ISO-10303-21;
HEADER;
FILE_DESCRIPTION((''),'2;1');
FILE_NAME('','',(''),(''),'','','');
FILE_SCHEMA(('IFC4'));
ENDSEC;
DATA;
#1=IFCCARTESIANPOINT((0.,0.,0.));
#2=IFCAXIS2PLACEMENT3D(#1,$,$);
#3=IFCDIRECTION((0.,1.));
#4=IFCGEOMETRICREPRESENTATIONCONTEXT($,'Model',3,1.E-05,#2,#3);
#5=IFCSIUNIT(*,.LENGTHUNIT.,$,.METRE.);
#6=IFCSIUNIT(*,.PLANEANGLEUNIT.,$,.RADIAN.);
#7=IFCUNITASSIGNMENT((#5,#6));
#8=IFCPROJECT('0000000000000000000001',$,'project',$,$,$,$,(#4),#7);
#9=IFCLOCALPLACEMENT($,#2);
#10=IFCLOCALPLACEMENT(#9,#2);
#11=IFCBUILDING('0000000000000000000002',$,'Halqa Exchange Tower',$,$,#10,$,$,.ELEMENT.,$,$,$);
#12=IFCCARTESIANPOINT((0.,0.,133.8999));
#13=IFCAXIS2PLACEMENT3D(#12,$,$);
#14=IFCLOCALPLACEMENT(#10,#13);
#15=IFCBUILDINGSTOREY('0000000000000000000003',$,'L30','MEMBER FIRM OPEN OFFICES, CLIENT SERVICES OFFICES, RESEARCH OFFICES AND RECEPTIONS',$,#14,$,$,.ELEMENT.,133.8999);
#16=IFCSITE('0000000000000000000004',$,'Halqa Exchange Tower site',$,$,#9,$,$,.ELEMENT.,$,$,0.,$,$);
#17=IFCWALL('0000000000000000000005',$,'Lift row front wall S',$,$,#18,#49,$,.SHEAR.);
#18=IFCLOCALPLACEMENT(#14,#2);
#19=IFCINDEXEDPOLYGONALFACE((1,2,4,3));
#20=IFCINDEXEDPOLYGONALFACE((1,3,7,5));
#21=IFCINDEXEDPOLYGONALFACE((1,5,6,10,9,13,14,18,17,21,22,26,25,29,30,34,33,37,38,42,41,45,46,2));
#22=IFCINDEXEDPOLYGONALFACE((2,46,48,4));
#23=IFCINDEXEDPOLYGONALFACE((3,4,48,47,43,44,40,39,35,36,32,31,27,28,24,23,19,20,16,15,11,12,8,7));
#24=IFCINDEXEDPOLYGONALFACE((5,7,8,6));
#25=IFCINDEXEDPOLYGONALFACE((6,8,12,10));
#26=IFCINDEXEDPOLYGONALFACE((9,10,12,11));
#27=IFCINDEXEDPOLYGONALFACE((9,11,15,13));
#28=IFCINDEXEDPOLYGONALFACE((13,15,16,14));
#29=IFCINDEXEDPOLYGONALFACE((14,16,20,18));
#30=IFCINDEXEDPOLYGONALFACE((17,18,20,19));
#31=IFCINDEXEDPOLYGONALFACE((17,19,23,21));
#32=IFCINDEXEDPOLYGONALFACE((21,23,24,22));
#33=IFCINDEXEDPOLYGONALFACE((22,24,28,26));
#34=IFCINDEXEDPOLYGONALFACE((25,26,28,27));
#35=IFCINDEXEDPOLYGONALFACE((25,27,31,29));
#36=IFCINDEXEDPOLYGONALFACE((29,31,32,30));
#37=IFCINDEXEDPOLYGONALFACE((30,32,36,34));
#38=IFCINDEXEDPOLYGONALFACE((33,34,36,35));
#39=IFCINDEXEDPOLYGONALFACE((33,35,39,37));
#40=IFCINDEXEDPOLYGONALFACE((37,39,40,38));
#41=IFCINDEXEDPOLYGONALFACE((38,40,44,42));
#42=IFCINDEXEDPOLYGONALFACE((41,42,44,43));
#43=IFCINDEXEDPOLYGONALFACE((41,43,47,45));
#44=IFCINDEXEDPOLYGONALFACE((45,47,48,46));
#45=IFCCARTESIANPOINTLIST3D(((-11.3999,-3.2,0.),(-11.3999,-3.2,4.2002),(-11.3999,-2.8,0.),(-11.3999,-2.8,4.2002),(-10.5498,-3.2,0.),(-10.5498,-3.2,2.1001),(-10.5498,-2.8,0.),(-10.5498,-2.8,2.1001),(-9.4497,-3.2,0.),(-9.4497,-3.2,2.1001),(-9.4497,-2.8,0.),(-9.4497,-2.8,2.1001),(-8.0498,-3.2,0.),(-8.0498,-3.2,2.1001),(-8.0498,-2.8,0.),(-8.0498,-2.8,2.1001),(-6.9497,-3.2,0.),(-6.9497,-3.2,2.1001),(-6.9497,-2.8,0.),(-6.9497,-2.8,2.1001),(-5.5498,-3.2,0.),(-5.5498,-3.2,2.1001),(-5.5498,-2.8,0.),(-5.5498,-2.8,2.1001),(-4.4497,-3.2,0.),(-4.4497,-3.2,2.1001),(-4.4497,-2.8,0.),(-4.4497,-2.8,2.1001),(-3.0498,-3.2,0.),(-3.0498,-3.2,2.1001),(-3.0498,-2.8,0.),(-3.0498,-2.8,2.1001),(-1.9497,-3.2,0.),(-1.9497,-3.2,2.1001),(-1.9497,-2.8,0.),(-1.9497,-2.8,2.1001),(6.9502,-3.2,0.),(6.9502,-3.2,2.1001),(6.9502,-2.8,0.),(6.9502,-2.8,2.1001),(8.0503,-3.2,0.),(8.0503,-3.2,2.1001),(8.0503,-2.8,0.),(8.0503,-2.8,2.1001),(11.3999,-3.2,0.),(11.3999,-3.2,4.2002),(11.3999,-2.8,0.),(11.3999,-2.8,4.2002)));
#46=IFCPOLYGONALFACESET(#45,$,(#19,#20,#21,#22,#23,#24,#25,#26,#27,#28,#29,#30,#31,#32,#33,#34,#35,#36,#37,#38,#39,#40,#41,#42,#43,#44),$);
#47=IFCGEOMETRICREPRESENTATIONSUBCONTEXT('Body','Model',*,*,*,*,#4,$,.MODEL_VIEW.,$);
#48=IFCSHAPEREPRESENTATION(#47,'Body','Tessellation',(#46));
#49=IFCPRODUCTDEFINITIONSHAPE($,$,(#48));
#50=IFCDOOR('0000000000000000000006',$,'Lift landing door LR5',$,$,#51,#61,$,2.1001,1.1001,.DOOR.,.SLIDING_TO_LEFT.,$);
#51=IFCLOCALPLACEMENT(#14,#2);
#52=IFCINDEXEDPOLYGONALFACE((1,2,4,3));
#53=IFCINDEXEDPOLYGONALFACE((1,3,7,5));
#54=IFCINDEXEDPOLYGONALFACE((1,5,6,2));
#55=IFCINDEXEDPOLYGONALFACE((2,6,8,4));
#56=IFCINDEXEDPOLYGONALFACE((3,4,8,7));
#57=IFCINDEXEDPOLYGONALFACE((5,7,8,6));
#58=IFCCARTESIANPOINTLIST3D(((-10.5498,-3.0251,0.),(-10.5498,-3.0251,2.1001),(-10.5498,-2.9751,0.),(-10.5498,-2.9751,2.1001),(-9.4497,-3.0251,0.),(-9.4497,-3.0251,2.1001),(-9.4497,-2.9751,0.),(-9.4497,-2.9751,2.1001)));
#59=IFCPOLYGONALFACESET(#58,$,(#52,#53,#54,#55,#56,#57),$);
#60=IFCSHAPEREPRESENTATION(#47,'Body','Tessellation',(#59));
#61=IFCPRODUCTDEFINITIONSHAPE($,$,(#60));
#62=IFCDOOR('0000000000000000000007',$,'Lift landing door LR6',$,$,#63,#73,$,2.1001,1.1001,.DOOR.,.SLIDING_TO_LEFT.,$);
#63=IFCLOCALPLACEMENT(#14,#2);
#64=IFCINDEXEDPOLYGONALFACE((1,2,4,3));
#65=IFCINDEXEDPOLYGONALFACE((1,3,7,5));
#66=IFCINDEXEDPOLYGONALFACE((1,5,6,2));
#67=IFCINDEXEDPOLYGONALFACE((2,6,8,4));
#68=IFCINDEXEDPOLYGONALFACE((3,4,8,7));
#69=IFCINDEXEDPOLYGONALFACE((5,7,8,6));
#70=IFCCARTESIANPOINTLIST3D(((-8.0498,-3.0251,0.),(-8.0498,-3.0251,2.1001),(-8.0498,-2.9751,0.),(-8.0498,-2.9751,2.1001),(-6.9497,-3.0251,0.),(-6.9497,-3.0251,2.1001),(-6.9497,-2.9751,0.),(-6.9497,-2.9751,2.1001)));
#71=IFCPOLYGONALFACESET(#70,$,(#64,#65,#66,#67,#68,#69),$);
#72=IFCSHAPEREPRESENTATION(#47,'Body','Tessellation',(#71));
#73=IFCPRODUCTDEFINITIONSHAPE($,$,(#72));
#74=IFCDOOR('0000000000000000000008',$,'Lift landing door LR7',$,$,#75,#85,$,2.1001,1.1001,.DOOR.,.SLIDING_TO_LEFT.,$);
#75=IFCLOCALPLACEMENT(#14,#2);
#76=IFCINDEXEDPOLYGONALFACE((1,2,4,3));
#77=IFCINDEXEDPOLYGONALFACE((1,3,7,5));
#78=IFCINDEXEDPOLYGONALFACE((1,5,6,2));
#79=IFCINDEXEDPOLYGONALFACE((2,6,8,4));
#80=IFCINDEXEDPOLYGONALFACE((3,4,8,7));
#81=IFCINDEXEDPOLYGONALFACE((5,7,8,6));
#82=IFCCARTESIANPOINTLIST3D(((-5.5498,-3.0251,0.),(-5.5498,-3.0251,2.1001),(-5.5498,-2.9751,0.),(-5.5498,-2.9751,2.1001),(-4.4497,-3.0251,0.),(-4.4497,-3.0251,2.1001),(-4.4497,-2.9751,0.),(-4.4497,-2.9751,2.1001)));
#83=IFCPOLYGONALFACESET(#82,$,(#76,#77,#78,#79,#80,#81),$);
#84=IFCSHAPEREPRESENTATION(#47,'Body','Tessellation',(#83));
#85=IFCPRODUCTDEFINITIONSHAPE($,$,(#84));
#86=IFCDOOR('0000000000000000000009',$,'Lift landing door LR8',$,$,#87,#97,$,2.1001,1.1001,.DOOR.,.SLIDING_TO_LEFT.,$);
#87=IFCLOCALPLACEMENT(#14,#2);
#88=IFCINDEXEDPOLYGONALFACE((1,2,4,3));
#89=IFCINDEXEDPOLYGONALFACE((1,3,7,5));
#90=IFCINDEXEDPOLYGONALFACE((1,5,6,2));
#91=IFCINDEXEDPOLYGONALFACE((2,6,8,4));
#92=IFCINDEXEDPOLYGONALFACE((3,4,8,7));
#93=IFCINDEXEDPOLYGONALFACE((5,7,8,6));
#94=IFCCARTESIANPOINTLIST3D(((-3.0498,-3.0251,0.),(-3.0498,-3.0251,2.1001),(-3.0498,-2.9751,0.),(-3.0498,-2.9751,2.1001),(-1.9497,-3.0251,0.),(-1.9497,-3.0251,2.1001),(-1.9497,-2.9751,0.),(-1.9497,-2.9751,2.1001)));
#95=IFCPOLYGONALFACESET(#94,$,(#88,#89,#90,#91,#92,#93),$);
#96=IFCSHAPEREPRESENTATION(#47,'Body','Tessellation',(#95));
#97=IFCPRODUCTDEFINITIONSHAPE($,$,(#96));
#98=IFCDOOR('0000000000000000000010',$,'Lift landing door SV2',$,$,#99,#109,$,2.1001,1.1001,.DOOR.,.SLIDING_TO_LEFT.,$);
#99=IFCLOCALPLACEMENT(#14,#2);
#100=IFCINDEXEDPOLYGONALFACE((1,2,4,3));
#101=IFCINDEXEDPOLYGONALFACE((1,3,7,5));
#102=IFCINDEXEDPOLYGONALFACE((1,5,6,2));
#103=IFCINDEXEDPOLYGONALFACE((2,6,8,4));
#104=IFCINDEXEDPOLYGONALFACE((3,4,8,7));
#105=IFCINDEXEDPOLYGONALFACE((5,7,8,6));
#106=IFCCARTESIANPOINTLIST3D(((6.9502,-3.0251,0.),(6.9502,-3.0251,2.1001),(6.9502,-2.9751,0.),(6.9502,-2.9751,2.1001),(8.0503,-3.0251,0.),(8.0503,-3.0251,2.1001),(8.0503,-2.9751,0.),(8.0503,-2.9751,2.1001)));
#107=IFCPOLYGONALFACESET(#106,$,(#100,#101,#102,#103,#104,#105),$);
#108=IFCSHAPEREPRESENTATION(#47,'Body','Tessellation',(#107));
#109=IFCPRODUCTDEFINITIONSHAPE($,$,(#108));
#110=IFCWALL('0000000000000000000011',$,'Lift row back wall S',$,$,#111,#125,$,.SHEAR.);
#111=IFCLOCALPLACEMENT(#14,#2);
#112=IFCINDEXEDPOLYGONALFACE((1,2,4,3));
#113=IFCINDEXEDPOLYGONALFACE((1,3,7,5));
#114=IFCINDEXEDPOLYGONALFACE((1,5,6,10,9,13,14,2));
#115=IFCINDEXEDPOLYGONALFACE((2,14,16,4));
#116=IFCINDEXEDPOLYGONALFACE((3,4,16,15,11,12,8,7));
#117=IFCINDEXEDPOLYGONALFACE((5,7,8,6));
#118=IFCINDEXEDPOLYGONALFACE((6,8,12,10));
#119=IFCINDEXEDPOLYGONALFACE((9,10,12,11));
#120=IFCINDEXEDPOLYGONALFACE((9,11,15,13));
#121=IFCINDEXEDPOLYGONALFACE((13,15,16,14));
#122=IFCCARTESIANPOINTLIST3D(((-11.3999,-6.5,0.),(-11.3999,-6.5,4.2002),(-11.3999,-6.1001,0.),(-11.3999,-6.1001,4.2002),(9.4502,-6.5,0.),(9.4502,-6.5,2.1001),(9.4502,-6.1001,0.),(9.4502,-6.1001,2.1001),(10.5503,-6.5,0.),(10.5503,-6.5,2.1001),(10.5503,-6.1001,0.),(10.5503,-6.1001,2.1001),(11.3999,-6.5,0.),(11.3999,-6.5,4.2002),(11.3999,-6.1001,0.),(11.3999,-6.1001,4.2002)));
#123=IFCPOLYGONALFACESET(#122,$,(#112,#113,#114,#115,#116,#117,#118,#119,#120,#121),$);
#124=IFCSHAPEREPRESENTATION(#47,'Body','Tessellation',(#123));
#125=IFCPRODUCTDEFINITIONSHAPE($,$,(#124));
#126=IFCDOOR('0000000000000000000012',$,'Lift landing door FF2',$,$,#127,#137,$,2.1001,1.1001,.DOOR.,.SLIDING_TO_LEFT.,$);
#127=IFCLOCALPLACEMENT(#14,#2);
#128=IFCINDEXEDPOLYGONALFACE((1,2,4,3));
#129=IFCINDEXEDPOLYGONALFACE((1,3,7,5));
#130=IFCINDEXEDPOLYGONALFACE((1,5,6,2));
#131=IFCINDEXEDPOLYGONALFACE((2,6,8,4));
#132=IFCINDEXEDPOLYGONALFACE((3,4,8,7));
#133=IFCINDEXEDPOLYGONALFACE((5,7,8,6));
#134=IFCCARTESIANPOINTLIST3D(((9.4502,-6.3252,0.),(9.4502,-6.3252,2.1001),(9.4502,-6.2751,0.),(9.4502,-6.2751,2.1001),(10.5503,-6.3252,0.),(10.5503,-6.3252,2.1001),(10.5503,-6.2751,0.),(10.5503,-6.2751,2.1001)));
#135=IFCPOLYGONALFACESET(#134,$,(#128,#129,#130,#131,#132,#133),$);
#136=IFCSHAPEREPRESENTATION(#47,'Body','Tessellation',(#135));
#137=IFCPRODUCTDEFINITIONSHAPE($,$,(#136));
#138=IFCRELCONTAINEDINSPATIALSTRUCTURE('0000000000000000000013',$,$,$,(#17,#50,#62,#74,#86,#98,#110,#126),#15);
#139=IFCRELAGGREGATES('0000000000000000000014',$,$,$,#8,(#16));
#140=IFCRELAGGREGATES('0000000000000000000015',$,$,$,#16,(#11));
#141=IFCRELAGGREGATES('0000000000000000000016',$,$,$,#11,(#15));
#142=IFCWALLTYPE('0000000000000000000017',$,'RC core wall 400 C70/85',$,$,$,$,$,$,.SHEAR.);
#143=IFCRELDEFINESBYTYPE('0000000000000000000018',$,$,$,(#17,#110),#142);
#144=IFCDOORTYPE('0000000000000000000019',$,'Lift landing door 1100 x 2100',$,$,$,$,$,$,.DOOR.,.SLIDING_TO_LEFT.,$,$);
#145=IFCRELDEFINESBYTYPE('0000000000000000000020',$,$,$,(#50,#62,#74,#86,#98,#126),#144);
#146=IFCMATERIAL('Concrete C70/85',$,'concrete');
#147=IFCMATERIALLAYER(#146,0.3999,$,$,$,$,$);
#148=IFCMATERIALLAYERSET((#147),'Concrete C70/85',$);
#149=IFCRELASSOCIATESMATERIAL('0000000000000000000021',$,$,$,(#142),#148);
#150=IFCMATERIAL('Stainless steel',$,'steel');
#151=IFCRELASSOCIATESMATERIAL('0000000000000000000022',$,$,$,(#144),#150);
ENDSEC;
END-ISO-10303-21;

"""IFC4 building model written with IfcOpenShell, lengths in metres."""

from ifc_helpers import new_model, si_unit, direction, frame, frame_2d, origin, place, context, subcontext, project, spatial, rectangle, extrude, material, layer, layer_set, type_object, element, fill, save


model = new_model("IFC4")

# Units and contexts
model_context = context("Model", 3, precision=1e-05, world=origin(), true_north=direction((0.0, 1.0)))
body_context = subcontext(model_context, "Body", "Model", "MODEL_VIEW")
ifc_project = project(units=[si_unit("LENGTHUNIT", "METRE"), si_unit("PLANEANGLEUNIT", "RADIAN")], contexts=[model_context])

# Site, building, storey
site_placement = place(None, origin())
site = spatial("IfcSite", under=ifc_project, at=site_placement, Name="Halqa Exchange Tower site", CompositionType="ELEMENT", RefElevation=0.0)
building_placement = place(site_placement, origin())
building = spatial("IfcBuilding", under=site, at=building_placement, Name="Halqa Exchange Tower", CompositionType="ELEMENT")
storey_placement = place(building_placement, frame((0.0, 0.0, 133.8999)))
storey = spatial("IfcBuildingStorey", under=building, at=storey_placement, Name="L30", Description="MEMBER FIRM OPEN OFFICES, CLIENT SERVICES OFFICES, RESEARCH OFFICES AND RECEPTIONS", CompositionType="ELEMENT", Elevation=133.8999)

# Wall, openings, doors
ifc_material_1 = material(Name="Concrete C70/85", Category="concrete")
ifc_layer_1 = layer(ifc_material_1, 0.3999)
ifc_layer_set_1 = layer_set([ifc_layer_1], Name="Concrete C70/85")
wall_type_1 = type_object("IfcWallType", Name="RC core wall 400 C70/85", PredefinedType="SHEAR", material=ifc_layer_set_1)
wall_1_placement = place(storey_placement, frame((-11.3999, -3.0, 0.0), z_axis=(0.0, 0.0, 1.0), x_axis=(1.0, 0.0, 0.0)))
wall_1 = element("IfcWall", 1, at=wall_1_placement, inside=storey, type_object=wall_type_1, Name="Lift row front wall S", PredefinedType="SHEAR", context=body_context, shape_type="SweptSolid", body=[
    extrude(rectangle(XDim=22.7998, YDim=0.3999, at=frame_2d((11.3999, 0.0))), origin(), (0.0, 0.0, 1.0), 4.2002),
])
opening_1_placement = place(wall_1_placement, frame((0.8501, 0.0, 0.0)))
opening_1 = element("IfcOpeningElement", 2, at=opening_1_placement, cuts=wall_1, PredefinedType="OPENING", context=body_context, shape_type="SweptSolid", body=[
    extrude(rectangle(XDim=1.1001, YDim=2.1001, at=frame_2d((0.55, 1.05))), frame((0.0, 0.2119, 0.0), z_axis=(0.0, -1.0, 0.0), x_axis=(1.0, 0.0, 0.0)), (0.0, 0.0, 1.0), 0.4238),
])
opening_2_placement = place(wall_1_placement, frame((3.3501, 0.0, 0.0)))
opening_2 = element("IfcOpeningElement", 3, at=opening_2_placement, cuts=wall_1, PredefinedType="OPENING", context=body_context, shape_type="SweptSolid", body=[
    extrude(rectangle(XDim=1.1001, YDim=2.1001, at=frame_2d((0.55, 1.05))), frame((0.0, 0.2119, 0.0), z_axis=(0.0, -1.0, 0.0), x_axis=(1.0, 0.0, 0.0)), (0.0, 0.0, 1.0), 0.4238),
])
opening_3_placement = place(wall_1_placement, frame((5.8501, 0.0, 0.0)))
opening_3 = element("IfcOpeningElement", 4, at=opening_3_placement, cuts=wall_1, PredefinedType="OPENING", context=body_context, shape_type="SweptSolid", body=[
    extrude(rectangle(XDim=1.1001, YDim=2.1001, at=frame_2d((0.55, 1.05))), frame((0.0, 0.2119, 0.0), z_axis=(0.0, -1.0, 0.0), x_axis=(1.0, 0.0, 0.0)), (0.0, 0.0, 1.0), 0.4238),
])
opening_4_placement = place(wall_1_placement, frame((8.3501, 0.0, 0.0)))
opening_4 = element("IfcOpeningElement", 5, at=opening_4_placement, cuts=wall_1, PredefinedType="OPENING", context=body_context, shape_type="SweptSolid", body=[
    extrude(rectangle(XDim=1.1001, YDim=2.1001, at=frame_2d((0.55, 1.05))), frame((0.0, 0.2119, 0.0), z_axis=(0.0, -1.0, 0.0), x_axis=(1.0, 0.0, 0.0)), (0.0, 0.0, 1.0), 0.4238),
])
opening_5_placement = place(wall_1_placement, frame((18.3501, 0.0, 0.0)))
opening_5 = element("IfcOpeningElement", 6, at=opening_5_placement, cuts=wall_1, PredefinedType="OPENING", context=body_context, shape_type="SweptSolid", body=[
    extrude(rectangle(XDim=1.1001, YDim=2.1001, at=frame_2d((0.55, 1.05))), frame((0.0, 0.2119, 0.0), z_axis=(0.0, -1.0, 0.0), x_axis=(1.0, 0.0, 0.0)), (0.0, 0.0, 1.0), 0.4238),
])
ifc_material_2 = material(Name="Stainless steel", Category="steel")
door_type = type_object("IfcDoorType", Name="Lift landing door 1100 x 2100", OperationType="SLIDING_TO_LEFT", PredefinedType="DOOR", material=ifc_material_2)
door_1_placement = place(opening_1_placement, origin())
door_1 = element("IfcDoor", 7, at=door_1_placement, inside=storey, type_object=door_type, Name="Lift landing door LR5", OperationType="SLIDING_TO_LEFT", OverallHeight=2.1001, OverallWidth=1.1001, PredefinedType="DOOR", context=body_context, shape_type="SweptSolid", body=[
    extrude(rectangle(XDim=1.1001, YDim=2.1001, at=frame_2d((0.55, 1.05))), frame((0.0, 0.0249, 0.0), z_axis=(0.0, -1.0, 0.0), x_axis=(1.0, 0.0, 0.0)), (0.0, 0.0, 1.0), 0.05),
])
fill(opening_1, door_1)
door_2_placement = place(opening_2_placement, origin())
door_2 = element("IfcDoor", 8, at=door_2_placement, inside=storey, type_object=door_type, Name="Lift landing door LR6", OperationType="SLIDING_TO_LEFT", OverallHeight=2.1001, OverallWidth=1.1001, PredefinedType="DOOR", context=body_context, shape_type="SweptSolid", body=[
    extrude(rectangle(XDim=1.1001, YDim=2.1001, at=frame_2d((0.55, 1.05))), frame((0.0, 0.0249, 0.0), z_axis=(0.0, -1.0, 0.0), x_axis=(1.0, 0.0, 0.0)), (0.0, 0.0, 1.0), 0.05),
])
fill(opening_2, door_2)
door_3_placement = place(opening_3_placement, origin())
door_3 = element("IfcDoor", 9, at=door_3_placement, inside=storey, type_object=door_type, Name="Lift landing door LR7", OperationType="SLIDING_TO_LEFT", OverallHeight=2.1001, OverallWidth=1.1001, PredefinedType="DOOR", context=body_context, shape_type="SweptSolid", body=[
    extrude(rectangle(XDim=1.1001, YDim=2.1001, at=frame_2d((0.55, 1.05))), frame((0.0, 0.0249, 0.0), z_axis=(0.0, -1.0, 0.0), x_axis=(1.0, 0.0, 0.0)), (0.0, 0.0, 1.0), 0.05),
])
fill(opening_3, door_3)
door_4_placement = place(opening_4_placement, origin())
door_4 = element("IfcDoor", 10, at=door_4_placement, inside=storey, type_object=door_type, Name="Lift landing door LR8", OperationType="SLIDING_TO_LEFT", OverallHeight=2.1001, OverallWidth=1.1001, PredefinedType="DOOR", context=body_context, shape_type="SweptSolid", body=[
    extrude(rectangle(XDim=1.1001, YDim=2.1001, at=frame_2d((0.55, 1.05))), frame((0.0, 0.0249, 0.0), z_axis=(0.0, -1.0, 0.0), x_axis=(1.0, 0.0, 0.0)), (0.0, 0.0, 1.0), 0.05),
])
fill(opening_4, door_4)
door_5_placement = place(opening_5_placement, origin())
door_5 = element("IfcDoor", 11, at=door_5_placement, inside=storey, type_object=door_type, Name="Lift landing door SV2", OperationType="SLIDING_TO_LEFT", OverallHeight=2.1001, OverallWidth=1.1001, PredefinedType="DOOR", context=body_context, shape_type="SweptSolid", body=[
    extrude(rectangle(XDim=1.1001, YDim=2.1001, at=frame_2d((0.55, 1.05))), frame((0.0, 0.0249, 0.0), z_axis=(0.0, -1.0, 0.0), x_axis=(1.0, 0.0, 0.0)), (0.0, 0.0, 1.0), 0.05),
])
fill(opening_5, door_5)

# Wall, opening, door
wall_2_placement = place(storey_placement, frame((-11.3999, -6.3, 0.0), z_axis=(0.0, 0.0, 1.0), x_axis=(1.0, 0.0, 0.0)))
wall_2 = element("IfcWall", 12, at=wall_2_placement, inside=storey, type_object=wall_type_1, Name="Lift row back wall S", PredefinedType="SHEAR", context=body_context, shape_type="SweptSolid", body=[
    extrude(rectangle(XDim=22.7998, YDim=0.3999, at=frame_2d((11.3999, 0.0))), origin(), (0.0, 0.0, 1.0), 4.2002),
])
opening_6_placement = place(wall_2_placement, frame((20.8501, 0.0, 0.0)))
opening_6 = element("IfcOpeningElement", 13, at=opening_6_placement, cuts=wall_2, PredefinedType="OPENING", context=body_context, shape_type="SweptSolid", body=[
    extrude(rectangle(XDim=1.1001, YDim=2.1001, at=frame_2d((0.55, 1.05))), frame((0.0, 0.2119, 0.0), z_axis=(0.0, -1.0, 0.0), x_axis=(1.0, 0.0, 0.0)), (0.0, 0.0, 1.0), 0.4238),
])
door_6_placement = place(opening_6_placement, origin())
door_6 = element("IfcDoor", 14, at=door_6_placement, inside=storey, type_object=door_type, Name="Lift landing door FF2", OperationType="SLIDING_TO_LEFT", OverallHeight=2.1001, OverallWidth=1.1001, PredefinedType="DOOR", context=body_context, shape_type="SweptSolid", body=[
    extrude(rectangle(XDim=1.1001, YDim=2.1001, at=frame_2d((0.55, 1.05))), frame((0.0, 0.0249, 0.0), z_axis=(0.0, -1.0, 0.0), x_axis=(1.0, 0.0, 0.0)), (0.0, 0.0, 1.0), 0.05),
])
fill(opening_6, door_6)

save(model, "model.ifc")
